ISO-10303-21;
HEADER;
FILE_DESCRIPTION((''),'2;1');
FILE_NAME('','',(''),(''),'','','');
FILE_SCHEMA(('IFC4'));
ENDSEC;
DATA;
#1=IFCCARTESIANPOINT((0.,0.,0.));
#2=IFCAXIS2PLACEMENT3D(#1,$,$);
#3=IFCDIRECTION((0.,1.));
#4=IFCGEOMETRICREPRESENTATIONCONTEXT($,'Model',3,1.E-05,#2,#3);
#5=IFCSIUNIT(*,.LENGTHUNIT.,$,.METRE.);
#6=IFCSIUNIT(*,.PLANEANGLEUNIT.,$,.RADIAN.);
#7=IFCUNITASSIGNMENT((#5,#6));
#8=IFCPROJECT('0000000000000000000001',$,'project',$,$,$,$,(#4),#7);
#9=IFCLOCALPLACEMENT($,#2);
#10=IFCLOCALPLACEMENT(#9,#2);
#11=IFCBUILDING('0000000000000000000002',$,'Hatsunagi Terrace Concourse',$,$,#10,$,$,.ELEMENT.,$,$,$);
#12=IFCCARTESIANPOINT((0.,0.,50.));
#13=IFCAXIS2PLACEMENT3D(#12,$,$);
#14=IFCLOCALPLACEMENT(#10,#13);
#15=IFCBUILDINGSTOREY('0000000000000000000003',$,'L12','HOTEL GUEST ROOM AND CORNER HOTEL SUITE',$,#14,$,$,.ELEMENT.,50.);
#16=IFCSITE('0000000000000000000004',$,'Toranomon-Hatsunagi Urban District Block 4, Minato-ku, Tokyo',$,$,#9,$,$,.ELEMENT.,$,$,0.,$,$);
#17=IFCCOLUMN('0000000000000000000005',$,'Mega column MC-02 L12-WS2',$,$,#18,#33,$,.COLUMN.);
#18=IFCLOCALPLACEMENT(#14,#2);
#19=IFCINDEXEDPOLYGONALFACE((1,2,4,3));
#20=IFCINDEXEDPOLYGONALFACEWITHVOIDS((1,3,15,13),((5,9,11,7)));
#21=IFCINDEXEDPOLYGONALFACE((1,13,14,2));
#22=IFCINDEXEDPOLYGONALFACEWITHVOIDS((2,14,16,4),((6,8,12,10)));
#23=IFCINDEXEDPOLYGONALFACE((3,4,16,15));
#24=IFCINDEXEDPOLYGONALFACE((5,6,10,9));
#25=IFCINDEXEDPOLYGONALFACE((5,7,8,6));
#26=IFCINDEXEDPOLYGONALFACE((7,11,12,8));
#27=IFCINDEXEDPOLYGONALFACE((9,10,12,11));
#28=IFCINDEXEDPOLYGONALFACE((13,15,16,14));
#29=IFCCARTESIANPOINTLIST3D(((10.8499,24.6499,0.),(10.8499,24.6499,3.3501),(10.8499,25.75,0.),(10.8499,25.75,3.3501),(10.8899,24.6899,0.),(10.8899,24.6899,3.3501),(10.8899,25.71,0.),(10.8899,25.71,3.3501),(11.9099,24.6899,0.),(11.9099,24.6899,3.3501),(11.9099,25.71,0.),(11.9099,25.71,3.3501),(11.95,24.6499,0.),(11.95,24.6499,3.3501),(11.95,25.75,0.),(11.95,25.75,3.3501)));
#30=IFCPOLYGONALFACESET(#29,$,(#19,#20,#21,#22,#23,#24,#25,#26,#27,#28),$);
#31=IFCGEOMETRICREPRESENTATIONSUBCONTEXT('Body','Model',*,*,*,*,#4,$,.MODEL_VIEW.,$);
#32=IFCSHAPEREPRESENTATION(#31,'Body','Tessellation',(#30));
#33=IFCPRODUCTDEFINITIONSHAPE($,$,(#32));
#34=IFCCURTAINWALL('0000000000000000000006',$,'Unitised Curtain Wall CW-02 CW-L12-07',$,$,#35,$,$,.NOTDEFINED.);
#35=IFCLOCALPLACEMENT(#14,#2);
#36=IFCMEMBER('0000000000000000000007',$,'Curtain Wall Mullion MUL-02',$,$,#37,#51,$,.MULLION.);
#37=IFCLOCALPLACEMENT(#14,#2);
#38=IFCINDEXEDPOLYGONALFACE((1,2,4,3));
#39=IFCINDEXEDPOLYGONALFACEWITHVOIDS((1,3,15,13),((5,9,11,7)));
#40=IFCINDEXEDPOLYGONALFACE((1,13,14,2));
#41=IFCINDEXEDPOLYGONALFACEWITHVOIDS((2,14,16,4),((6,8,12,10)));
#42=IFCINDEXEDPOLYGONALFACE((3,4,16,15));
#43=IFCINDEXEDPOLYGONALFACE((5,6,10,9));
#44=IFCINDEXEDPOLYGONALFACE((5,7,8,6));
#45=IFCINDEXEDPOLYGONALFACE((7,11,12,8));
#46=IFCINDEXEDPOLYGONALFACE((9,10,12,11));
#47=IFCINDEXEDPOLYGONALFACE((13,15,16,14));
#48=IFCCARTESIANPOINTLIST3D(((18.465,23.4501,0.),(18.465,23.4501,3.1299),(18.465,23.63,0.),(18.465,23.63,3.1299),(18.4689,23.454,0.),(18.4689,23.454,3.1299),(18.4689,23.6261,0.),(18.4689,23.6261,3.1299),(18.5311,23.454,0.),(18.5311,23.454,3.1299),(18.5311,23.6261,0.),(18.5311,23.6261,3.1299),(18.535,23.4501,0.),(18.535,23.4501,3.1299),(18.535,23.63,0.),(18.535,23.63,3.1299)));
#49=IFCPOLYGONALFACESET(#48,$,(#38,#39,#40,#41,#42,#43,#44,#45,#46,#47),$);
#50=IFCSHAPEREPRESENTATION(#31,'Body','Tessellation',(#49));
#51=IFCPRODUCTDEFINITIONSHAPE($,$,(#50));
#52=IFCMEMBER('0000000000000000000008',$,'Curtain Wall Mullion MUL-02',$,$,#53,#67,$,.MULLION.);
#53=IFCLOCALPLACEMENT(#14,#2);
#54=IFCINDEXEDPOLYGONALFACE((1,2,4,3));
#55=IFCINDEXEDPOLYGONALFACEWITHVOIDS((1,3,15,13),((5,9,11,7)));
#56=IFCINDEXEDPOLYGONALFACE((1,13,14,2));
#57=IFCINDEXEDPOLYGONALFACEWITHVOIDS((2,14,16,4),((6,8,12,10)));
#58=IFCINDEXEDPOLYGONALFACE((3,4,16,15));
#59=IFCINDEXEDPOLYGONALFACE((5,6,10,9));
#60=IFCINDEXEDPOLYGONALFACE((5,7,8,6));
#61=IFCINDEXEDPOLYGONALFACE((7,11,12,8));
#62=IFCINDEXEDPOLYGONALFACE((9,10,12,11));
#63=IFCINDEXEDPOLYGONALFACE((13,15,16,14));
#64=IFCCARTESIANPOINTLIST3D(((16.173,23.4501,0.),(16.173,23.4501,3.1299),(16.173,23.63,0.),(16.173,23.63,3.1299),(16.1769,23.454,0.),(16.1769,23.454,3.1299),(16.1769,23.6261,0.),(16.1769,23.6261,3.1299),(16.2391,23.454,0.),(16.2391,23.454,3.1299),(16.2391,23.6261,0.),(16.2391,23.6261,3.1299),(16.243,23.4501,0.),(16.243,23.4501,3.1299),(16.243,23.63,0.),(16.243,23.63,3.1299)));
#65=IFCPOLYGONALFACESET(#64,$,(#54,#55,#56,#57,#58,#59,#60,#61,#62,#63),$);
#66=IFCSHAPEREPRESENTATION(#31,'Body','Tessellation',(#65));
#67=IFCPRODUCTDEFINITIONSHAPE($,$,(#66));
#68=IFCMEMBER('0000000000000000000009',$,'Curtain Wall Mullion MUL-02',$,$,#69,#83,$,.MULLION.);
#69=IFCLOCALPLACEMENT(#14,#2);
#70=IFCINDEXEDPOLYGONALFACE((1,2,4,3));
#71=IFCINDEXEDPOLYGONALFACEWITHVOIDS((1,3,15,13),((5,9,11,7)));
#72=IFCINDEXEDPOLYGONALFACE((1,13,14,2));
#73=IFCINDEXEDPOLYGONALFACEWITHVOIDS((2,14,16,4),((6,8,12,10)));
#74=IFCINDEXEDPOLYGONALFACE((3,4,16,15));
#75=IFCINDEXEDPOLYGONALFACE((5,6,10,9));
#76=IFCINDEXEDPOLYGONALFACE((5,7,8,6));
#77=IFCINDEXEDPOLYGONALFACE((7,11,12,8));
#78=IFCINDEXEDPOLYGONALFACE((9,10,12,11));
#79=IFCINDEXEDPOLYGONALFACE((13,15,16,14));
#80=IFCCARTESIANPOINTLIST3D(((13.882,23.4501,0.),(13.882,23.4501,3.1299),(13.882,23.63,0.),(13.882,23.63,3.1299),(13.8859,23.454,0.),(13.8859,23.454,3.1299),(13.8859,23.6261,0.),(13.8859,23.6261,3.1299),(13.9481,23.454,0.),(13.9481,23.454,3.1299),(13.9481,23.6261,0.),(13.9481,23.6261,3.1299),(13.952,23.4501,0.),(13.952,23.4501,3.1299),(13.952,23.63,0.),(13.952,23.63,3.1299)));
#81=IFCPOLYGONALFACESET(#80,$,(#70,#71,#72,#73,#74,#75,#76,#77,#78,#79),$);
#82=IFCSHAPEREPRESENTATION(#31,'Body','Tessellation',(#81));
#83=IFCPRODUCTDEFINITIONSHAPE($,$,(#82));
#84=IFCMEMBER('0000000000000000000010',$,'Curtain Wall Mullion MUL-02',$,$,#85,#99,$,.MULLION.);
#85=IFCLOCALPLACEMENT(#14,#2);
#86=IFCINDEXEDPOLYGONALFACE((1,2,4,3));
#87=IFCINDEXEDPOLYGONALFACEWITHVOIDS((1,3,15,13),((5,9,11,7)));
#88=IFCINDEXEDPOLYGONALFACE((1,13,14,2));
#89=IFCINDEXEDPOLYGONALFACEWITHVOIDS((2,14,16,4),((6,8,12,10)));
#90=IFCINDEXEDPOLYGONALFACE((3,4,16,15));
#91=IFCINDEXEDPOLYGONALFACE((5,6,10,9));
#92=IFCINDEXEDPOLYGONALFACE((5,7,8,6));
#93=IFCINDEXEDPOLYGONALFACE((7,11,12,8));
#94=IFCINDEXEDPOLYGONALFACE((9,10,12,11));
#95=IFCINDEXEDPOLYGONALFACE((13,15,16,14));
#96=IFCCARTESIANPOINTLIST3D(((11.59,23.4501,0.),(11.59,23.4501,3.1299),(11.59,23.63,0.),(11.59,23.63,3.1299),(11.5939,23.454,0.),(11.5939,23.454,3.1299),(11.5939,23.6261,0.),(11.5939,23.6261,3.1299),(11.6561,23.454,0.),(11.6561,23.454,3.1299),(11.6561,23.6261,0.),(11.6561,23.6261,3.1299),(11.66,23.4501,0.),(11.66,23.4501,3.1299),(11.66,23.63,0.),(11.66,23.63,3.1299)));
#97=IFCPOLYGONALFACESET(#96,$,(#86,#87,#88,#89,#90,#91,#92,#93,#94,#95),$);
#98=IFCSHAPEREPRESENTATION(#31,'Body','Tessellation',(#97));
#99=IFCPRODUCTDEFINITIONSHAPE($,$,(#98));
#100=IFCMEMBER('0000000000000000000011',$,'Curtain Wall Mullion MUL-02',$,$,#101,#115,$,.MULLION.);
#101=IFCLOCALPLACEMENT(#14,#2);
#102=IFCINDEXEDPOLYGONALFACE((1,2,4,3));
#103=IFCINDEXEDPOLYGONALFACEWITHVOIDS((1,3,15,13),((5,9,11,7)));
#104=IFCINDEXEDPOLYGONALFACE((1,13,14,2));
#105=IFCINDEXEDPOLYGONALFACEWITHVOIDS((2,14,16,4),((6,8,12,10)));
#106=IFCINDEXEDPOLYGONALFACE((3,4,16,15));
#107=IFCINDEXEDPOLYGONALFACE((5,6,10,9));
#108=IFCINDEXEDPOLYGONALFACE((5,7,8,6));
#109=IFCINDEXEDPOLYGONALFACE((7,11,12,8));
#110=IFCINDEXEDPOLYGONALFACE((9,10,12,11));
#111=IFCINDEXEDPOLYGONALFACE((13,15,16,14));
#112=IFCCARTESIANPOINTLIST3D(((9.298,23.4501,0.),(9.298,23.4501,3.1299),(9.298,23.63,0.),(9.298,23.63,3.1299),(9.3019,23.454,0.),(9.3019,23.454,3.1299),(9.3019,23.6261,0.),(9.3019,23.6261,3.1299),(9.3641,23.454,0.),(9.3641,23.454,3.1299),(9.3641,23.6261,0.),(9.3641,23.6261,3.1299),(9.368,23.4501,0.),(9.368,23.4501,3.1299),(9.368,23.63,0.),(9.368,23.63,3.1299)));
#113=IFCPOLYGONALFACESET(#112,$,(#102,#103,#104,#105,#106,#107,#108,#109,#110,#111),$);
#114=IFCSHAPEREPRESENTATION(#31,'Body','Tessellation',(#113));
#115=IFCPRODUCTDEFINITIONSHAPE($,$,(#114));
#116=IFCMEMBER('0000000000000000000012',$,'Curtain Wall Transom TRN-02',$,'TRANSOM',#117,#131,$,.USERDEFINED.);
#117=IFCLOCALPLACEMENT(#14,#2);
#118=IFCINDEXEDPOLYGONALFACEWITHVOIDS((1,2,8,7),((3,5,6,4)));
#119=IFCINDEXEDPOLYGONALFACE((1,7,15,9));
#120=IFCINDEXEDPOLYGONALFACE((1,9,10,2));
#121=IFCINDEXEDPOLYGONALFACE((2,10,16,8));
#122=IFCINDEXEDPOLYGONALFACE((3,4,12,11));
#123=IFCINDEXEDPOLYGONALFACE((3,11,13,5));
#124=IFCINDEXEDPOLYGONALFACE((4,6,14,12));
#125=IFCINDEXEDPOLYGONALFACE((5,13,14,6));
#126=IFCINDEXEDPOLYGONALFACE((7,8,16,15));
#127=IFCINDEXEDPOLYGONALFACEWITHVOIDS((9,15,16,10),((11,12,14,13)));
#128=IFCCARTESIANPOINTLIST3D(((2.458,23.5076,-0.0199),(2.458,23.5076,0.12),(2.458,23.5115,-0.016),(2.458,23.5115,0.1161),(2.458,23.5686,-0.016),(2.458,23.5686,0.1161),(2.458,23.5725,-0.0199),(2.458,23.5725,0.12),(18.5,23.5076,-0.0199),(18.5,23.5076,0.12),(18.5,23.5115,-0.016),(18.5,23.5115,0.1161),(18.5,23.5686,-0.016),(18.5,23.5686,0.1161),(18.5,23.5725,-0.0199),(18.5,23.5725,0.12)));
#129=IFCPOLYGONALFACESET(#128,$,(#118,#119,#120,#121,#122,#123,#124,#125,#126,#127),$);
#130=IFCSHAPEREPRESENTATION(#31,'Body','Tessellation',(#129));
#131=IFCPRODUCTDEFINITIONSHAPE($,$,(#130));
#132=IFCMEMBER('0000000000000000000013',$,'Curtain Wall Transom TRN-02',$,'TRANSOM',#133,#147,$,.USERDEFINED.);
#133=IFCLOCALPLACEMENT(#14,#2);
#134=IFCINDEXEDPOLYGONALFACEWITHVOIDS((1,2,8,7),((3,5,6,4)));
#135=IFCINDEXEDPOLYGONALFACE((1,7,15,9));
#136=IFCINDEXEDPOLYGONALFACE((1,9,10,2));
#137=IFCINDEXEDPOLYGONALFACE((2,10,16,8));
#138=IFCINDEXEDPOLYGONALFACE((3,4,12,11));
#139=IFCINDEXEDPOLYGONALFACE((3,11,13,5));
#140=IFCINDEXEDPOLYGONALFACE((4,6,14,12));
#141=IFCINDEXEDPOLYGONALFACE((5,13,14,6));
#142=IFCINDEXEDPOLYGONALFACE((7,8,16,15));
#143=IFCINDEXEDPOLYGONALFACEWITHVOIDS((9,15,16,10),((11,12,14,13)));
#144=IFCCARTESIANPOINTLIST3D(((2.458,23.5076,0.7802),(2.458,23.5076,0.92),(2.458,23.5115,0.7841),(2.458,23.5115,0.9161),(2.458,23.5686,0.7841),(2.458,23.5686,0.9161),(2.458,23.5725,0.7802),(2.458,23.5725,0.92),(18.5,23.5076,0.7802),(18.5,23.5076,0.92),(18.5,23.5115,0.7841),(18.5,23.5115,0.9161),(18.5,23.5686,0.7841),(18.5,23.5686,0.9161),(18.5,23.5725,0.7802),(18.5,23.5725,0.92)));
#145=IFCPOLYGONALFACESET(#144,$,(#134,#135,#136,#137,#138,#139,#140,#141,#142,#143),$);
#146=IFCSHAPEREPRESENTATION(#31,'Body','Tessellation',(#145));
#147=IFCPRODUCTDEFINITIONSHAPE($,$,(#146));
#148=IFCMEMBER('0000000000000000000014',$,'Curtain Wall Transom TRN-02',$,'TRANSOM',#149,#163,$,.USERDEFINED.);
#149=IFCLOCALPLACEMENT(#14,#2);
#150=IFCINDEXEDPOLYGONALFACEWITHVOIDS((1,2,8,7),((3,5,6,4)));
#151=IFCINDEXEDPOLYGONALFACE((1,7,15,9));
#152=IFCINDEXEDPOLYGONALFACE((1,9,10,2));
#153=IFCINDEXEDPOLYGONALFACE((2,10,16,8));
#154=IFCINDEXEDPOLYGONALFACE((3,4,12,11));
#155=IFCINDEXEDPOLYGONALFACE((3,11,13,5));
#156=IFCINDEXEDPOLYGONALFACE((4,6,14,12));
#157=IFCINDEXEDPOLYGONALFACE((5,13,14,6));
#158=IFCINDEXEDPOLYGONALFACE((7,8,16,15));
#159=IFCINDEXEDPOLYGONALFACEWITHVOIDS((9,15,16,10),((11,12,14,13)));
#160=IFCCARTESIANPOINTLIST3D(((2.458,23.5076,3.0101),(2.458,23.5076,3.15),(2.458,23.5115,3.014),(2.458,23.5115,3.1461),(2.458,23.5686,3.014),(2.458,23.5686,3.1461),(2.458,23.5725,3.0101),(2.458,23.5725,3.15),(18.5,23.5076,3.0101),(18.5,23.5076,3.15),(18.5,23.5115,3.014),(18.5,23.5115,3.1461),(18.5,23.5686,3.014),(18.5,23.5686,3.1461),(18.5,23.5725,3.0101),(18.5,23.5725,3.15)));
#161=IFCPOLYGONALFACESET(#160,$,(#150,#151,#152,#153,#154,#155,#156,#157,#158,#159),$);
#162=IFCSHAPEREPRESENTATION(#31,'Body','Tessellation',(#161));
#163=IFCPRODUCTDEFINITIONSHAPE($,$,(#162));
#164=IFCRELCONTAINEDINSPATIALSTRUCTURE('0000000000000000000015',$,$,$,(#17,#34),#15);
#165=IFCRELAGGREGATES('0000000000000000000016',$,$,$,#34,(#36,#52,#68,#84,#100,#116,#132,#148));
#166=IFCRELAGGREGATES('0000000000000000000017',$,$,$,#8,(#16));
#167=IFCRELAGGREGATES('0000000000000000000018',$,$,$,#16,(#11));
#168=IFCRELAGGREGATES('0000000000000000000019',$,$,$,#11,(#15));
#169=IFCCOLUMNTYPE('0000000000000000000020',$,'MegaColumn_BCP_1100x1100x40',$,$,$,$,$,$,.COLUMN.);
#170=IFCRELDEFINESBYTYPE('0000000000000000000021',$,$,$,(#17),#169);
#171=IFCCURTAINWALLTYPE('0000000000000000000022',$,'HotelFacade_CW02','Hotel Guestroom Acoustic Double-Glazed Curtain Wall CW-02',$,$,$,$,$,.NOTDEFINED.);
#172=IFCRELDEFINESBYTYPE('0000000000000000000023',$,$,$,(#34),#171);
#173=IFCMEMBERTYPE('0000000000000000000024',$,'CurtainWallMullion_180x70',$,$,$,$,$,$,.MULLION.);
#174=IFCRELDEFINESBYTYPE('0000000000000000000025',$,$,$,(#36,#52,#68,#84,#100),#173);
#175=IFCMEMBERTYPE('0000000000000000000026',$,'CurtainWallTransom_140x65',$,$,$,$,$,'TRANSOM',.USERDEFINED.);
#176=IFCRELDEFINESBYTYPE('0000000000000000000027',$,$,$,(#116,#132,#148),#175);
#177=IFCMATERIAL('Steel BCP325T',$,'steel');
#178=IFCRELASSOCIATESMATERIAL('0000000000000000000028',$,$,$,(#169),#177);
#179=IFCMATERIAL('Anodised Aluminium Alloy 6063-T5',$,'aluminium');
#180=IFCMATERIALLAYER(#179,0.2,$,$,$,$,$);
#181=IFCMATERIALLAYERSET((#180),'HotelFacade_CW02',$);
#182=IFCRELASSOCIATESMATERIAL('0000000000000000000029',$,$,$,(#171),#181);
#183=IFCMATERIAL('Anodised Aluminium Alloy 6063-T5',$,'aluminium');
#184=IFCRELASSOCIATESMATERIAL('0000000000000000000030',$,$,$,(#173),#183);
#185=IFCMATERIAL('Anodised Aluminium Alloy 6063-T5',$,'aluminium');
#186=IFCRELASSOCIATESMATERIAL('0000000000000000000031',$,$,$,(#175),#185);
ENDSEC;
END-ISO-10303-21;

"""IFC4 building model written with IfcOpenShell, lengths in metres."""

from ifc_helpers import new_model, si_unit, direction, frame, origin, origin_2d, place, context, subcontext, project, spatial, hollow_rectangle, extrude, material, layer, layer_set, material_profile, profile_set, type_object, element, aggregate, save


model = new_model("IFC4")

# Units and contexts
model_context = context("Model", 3, precision=1e-05, world=origin(), true_north=direction((0.0, 1.0)))
body_context = subcontext(model_context, "Body", "Model", "MODEL_VIEW")
ifc_project = project(units=[si_unit("LENGTHUNIT", "METRE"), si_unit("PLANEANGLEUNIT", "RADIAN")], contexts=[model_context])

# Site, building, storey
site_placement = place(None, origin())
site = spatial("IfcSite", under=ifc_project, at=site_placement, Name="Toranomon-Hatsunagi Urban District Block 4, Minato-ku, Tokyo", CompositionType="ELEMENT", RefElevation=0.0)
building_placement = place(site_placement, origin())
building = spatial("IfcBuilding", under=site, at=building_placement, Name="Hatsunagi Terrace Concourse", CompositionType="ELEMENT")
storey_placement = place(building_placement, frame((0.0, 0.0, 50.0)))
storey = spatial("IfcBuildingStorey", under=building, at=storey_placement, Name="L12", Description="HOTEL GUEST ROOM AND CORNER HOTEL SUITE", CompositionType="ELEMENT", Elevation=50.0)

# Column
ifc_material_1 = material(Name="Steel BCP325T", Category="steel")
ifc_material_profile_1 = material_profile(ifc_material_1, hollow_rectangle(XDim=1.1001, YDim=1.1001, WallThickness=0.04, at=origin_2d()), Name="BCP-1100x1100x40")
ifc_profile_set_1 = profile_set([ifc_material_profile_1], Name="Steel BCP325T")
column_type = type_object("IfcColumnType", Name="MegaColumn_BCP_1100x1100x40", PredefinedType="COLUMN", material=ifc_profile_set_1)
column_placement = place(storey_placement, frame((11.3999, 25.2, 0.0), z_axis=(0.0, 0.0, 1.0), x_axis=(1.0, 0.0, 0.0)))
element("IfcColumn", 1, at=column_placement, inside=storey, type_object=column_type, Name="Mega column MC-02 L12-WS2", PredefinedType="COLUMN", context=body_context, shape_type="SweptSolid", body=[
    extrude(hollow_rectangle(XDim=1.1001, YDim=1.1001, WallThickness=0.04, at=origin_2d()), origin(), (0.0, 0.0, 1.0), 3.3501),
])

# Curtain wall, members
ifc_material_2 = material(Name="Anodised Aluminium Alloy 6063-T5", Category="aluminium")
ifc_layer_1 = layer(ifc_material_2, 0.2)
ifc_layer_set_1 = layer_set([ifc_layer_1], Name="HotelFacade_CW02")
curtain_wall_type = type_object("IfcCurtainWallType", Name="HotelFacade_CW02", Description="Hotel Guestroom Acoustic Double-Glazed Curtain Wall CW-02", PredefinedType="NOTDEFINED", material=ifc_layer_set_1)
curtain_wall_placement = place(storey_placement, origin())
curtain_wall = element("IfcCurtainWall", 2, at=curtain_wall_placement, inside=storey, type_object=curtain_wall_type, Name="Unitised Curtain Wall CW-02 CW-L12-07", PredefinedType="NOTDEFINED")
ifc_material_3 = material(Name="Anodised Aluminium Alloy 6063-T5", Category="aluminium")
ifc_material_profile_2 = material_profile(ifc_material_3, hollow_rectangle(XDim=0.0701, YDim=0.1799, WallThickness=0.0039, at=origin_2d()), Name="ALU-MUL-180x70x4")
ifc_profile_set_2 = profile_set([ifc_material_profile_2], Name="Anodised Aluminium Alloy 6063-T5")
member_type_1 = type_object("IfcMemberType", Name="CurtainWallMullion_180x70", PredefinedType="MULLION", material=ifc_profile_set_2)
member_1_placement = place(storey_placement, frame((18.5, 23.54, 0.0), z_axis=(0.0, 0.0, 1.0), x_axis=(-1.0, 0.0, 0.0)))
member_1 = element("IfcMember", 3, at=member_1_placement, type_object=member_type_1, Name="Curtain Wall Mullion MUL-02", PredefinedType="MULLION", context=body_context, shape_type="SweptSolid", body=[
    extrude(hollow_rectangle(XDim=0.0701, YDim=0.1799, WallThickness=0.0039, at=origin_2d()), origin(), (0.0, 0.0, 1.0), 3.1299),
])
member_2_placement = place(storey_placement, frame((16.208, 23.54, 0.0), z_axis=(0.0, 0.0, 1.0), x_axis=(-1.0, 0.0, 0.0)))
member_2 = element("IfcMember", 4, at=member_2_placement, type_object=member_type_1, Name="Curtain Wall Mullion MUL-02", PredefinedType="MULLION", context=body_context, shape_type="SweptSolid", body=[
    extrude(hollow_rectangle(XDim=0.0701, YDim=0.1799, WallThickness=0.0039, at=origin_2d()), origin(), (0.0, 0.0, 1.0), 3.1299),
])
member_3_placement = place(storey_placement, frame((13.917, 23.54, 0.0), z_axis=(0.0, 0.0, 1.0), x_axis=(-1.0, 0.0, 0.0)))
member_3 = element("IfcMember", 5, at=member_3_placement, type_object=member_type_1, Name="Curtain Wall Mullion MUL-02", PredefinedType="MULLION", context=body_context, shape_type="SweptSolid", body=[
    extrude(hollow_rectangle(XDim=0.0701, YDim=0.1799, WallThickness=0.0039, at=origin_2d()), origin(), (0.0, 0.0, 1.0), 3.1299),
])
member_4_placement = place(storey_placement, frame((11.625, 23.54, 0.0), z_axis=(0.0, 0.0, 1.0), x_axis=(-1.0, 0.0, 0.0)))
member_4 = element("IfcMember", 6, at=member_4_placement, type_object=member_type_1, Name="Curtain Wall Mullion MUL-02", PredefinedType="MULLION", context=body_context, shape_type="SweptSolid", body=[
    extrude(hollow_rectangle(XDim=0.0701, YDim=0.1799, WallThickness=0.0039, at=origin_2d()), origin(), (0.0, 0.0, 1.0), 3.1299),
])
member_5_placement = place(storey_placement, frame((9.333, 23.54, 0.0), z_axis=(0.0, 0.0, 1.0), x_axis=(-1.0, 0.0, 0.0)))
member_5 = element("IfcMember", 7, at=member_5_placement, type_object=member_type_1, Name="Curtain Wall Mullion MUL-02", PredefinedType="MULLION", context=body_context, shape_type="SweptSolid", body=[
    extrude(hollow_rectangle(XDim=0.0701, YDim=0.1799, WallThickness=0.0039, at=origin_2d()), origin(), (0.0, 0.0, 1.0), 3.1299),
])
ifc_material_4 = material(Name="Anodised Aluminium Alloy 6063-T5", Category="aluminium")
ifc_material_profile_3 = material_profile(ifc_material_4, hollow_rectangle(XDim=0.0649, YDim=0.1399, WallThickness=0.0039, at=origin_2d()), Name="ALU-TRN-140x65x4")
ifc_profile_set_3 = profile_set([ifc_material_profile_3], Name="Anodised Aluminium Alloy 6063-T5")
member_type_2 = type_object("IfcMemberType", Name="CurtainWallTransom_140x65", ElementType="TRANSOM", PredefinedType="USERDEFINED", material=ifc_profile_set_3)
member_6_placement = place(storey_placement, frame((18.5, 23.54, 0.05), z_axis=(-1.0, 0.0, 0.0), x_axis=(0.0, -1.0, 0.0)))
member_6 = element("IfcMember", 8, at=member_6_placement, type_object=member_type_2, Name="Curtain Wall Transom TRN-02", ObjectType="TRANSOM", PredefinedType="USERDEFINED", context=body_context, shape_type="SweptSolid", body=[
    extrude(hollow_rectangle(XDim=0.0649, YDim=0.1399, WallThickness=0.0039, at=origin_2d()), origin(), (0.0, 0.0, 1.0), 16.042),
])
member_7_placement = place(storey_placement, frame((18.5, 23.54, 0.8501), z_axis=(-1.0, 0.0, 0.0), x_axis=(0.0, -1.0, 0.0)))
member_7 = element("IfcMember", 9, at=member_7_placement, type_object=member_type_2, Name="Curtain Wall Transom TRN-02", ObjectType="TRANSOM", PredefinedType="USERDEFINED", context=body_context, shape_type="SweptSolid", body=[
    extrude(hollow_rectangle(XDim=0.0649, YDim=0.1399, WallThickness=0.0039, at=origin_2d()), origin(), (0.0, 0.0, 1.0), 16.042),
])
member_8_placement = place(storey_placement, frame((18.5, 23.54, 3.0801), z_axis=(-1.0, 0.0, 0.0), x_axis=(0.0, -1.0, 0.0)))
member_8 = element("IfcMember", 10, at=member_8_placement, type_object=member_type_2, Name="Curtain Wall Transom TRN-02", ObjectType="TRANSOM", PredefinedType="USERDEFINED", context=body_context, shape_type="SweptSolid", body=[
    extrude(hollow_rectangle(XDim=0.0649, YDim=0.1399, WallThickness=0.0039, at=origin_2d()), origin(), (0.0, 0.0, 1.0), 16.042),
])

aggregate(curtain_wall, [member_1, member_2, member_3, member_4, member_5, member_6, member_7, member_8])

save(model, "model.ifc")
